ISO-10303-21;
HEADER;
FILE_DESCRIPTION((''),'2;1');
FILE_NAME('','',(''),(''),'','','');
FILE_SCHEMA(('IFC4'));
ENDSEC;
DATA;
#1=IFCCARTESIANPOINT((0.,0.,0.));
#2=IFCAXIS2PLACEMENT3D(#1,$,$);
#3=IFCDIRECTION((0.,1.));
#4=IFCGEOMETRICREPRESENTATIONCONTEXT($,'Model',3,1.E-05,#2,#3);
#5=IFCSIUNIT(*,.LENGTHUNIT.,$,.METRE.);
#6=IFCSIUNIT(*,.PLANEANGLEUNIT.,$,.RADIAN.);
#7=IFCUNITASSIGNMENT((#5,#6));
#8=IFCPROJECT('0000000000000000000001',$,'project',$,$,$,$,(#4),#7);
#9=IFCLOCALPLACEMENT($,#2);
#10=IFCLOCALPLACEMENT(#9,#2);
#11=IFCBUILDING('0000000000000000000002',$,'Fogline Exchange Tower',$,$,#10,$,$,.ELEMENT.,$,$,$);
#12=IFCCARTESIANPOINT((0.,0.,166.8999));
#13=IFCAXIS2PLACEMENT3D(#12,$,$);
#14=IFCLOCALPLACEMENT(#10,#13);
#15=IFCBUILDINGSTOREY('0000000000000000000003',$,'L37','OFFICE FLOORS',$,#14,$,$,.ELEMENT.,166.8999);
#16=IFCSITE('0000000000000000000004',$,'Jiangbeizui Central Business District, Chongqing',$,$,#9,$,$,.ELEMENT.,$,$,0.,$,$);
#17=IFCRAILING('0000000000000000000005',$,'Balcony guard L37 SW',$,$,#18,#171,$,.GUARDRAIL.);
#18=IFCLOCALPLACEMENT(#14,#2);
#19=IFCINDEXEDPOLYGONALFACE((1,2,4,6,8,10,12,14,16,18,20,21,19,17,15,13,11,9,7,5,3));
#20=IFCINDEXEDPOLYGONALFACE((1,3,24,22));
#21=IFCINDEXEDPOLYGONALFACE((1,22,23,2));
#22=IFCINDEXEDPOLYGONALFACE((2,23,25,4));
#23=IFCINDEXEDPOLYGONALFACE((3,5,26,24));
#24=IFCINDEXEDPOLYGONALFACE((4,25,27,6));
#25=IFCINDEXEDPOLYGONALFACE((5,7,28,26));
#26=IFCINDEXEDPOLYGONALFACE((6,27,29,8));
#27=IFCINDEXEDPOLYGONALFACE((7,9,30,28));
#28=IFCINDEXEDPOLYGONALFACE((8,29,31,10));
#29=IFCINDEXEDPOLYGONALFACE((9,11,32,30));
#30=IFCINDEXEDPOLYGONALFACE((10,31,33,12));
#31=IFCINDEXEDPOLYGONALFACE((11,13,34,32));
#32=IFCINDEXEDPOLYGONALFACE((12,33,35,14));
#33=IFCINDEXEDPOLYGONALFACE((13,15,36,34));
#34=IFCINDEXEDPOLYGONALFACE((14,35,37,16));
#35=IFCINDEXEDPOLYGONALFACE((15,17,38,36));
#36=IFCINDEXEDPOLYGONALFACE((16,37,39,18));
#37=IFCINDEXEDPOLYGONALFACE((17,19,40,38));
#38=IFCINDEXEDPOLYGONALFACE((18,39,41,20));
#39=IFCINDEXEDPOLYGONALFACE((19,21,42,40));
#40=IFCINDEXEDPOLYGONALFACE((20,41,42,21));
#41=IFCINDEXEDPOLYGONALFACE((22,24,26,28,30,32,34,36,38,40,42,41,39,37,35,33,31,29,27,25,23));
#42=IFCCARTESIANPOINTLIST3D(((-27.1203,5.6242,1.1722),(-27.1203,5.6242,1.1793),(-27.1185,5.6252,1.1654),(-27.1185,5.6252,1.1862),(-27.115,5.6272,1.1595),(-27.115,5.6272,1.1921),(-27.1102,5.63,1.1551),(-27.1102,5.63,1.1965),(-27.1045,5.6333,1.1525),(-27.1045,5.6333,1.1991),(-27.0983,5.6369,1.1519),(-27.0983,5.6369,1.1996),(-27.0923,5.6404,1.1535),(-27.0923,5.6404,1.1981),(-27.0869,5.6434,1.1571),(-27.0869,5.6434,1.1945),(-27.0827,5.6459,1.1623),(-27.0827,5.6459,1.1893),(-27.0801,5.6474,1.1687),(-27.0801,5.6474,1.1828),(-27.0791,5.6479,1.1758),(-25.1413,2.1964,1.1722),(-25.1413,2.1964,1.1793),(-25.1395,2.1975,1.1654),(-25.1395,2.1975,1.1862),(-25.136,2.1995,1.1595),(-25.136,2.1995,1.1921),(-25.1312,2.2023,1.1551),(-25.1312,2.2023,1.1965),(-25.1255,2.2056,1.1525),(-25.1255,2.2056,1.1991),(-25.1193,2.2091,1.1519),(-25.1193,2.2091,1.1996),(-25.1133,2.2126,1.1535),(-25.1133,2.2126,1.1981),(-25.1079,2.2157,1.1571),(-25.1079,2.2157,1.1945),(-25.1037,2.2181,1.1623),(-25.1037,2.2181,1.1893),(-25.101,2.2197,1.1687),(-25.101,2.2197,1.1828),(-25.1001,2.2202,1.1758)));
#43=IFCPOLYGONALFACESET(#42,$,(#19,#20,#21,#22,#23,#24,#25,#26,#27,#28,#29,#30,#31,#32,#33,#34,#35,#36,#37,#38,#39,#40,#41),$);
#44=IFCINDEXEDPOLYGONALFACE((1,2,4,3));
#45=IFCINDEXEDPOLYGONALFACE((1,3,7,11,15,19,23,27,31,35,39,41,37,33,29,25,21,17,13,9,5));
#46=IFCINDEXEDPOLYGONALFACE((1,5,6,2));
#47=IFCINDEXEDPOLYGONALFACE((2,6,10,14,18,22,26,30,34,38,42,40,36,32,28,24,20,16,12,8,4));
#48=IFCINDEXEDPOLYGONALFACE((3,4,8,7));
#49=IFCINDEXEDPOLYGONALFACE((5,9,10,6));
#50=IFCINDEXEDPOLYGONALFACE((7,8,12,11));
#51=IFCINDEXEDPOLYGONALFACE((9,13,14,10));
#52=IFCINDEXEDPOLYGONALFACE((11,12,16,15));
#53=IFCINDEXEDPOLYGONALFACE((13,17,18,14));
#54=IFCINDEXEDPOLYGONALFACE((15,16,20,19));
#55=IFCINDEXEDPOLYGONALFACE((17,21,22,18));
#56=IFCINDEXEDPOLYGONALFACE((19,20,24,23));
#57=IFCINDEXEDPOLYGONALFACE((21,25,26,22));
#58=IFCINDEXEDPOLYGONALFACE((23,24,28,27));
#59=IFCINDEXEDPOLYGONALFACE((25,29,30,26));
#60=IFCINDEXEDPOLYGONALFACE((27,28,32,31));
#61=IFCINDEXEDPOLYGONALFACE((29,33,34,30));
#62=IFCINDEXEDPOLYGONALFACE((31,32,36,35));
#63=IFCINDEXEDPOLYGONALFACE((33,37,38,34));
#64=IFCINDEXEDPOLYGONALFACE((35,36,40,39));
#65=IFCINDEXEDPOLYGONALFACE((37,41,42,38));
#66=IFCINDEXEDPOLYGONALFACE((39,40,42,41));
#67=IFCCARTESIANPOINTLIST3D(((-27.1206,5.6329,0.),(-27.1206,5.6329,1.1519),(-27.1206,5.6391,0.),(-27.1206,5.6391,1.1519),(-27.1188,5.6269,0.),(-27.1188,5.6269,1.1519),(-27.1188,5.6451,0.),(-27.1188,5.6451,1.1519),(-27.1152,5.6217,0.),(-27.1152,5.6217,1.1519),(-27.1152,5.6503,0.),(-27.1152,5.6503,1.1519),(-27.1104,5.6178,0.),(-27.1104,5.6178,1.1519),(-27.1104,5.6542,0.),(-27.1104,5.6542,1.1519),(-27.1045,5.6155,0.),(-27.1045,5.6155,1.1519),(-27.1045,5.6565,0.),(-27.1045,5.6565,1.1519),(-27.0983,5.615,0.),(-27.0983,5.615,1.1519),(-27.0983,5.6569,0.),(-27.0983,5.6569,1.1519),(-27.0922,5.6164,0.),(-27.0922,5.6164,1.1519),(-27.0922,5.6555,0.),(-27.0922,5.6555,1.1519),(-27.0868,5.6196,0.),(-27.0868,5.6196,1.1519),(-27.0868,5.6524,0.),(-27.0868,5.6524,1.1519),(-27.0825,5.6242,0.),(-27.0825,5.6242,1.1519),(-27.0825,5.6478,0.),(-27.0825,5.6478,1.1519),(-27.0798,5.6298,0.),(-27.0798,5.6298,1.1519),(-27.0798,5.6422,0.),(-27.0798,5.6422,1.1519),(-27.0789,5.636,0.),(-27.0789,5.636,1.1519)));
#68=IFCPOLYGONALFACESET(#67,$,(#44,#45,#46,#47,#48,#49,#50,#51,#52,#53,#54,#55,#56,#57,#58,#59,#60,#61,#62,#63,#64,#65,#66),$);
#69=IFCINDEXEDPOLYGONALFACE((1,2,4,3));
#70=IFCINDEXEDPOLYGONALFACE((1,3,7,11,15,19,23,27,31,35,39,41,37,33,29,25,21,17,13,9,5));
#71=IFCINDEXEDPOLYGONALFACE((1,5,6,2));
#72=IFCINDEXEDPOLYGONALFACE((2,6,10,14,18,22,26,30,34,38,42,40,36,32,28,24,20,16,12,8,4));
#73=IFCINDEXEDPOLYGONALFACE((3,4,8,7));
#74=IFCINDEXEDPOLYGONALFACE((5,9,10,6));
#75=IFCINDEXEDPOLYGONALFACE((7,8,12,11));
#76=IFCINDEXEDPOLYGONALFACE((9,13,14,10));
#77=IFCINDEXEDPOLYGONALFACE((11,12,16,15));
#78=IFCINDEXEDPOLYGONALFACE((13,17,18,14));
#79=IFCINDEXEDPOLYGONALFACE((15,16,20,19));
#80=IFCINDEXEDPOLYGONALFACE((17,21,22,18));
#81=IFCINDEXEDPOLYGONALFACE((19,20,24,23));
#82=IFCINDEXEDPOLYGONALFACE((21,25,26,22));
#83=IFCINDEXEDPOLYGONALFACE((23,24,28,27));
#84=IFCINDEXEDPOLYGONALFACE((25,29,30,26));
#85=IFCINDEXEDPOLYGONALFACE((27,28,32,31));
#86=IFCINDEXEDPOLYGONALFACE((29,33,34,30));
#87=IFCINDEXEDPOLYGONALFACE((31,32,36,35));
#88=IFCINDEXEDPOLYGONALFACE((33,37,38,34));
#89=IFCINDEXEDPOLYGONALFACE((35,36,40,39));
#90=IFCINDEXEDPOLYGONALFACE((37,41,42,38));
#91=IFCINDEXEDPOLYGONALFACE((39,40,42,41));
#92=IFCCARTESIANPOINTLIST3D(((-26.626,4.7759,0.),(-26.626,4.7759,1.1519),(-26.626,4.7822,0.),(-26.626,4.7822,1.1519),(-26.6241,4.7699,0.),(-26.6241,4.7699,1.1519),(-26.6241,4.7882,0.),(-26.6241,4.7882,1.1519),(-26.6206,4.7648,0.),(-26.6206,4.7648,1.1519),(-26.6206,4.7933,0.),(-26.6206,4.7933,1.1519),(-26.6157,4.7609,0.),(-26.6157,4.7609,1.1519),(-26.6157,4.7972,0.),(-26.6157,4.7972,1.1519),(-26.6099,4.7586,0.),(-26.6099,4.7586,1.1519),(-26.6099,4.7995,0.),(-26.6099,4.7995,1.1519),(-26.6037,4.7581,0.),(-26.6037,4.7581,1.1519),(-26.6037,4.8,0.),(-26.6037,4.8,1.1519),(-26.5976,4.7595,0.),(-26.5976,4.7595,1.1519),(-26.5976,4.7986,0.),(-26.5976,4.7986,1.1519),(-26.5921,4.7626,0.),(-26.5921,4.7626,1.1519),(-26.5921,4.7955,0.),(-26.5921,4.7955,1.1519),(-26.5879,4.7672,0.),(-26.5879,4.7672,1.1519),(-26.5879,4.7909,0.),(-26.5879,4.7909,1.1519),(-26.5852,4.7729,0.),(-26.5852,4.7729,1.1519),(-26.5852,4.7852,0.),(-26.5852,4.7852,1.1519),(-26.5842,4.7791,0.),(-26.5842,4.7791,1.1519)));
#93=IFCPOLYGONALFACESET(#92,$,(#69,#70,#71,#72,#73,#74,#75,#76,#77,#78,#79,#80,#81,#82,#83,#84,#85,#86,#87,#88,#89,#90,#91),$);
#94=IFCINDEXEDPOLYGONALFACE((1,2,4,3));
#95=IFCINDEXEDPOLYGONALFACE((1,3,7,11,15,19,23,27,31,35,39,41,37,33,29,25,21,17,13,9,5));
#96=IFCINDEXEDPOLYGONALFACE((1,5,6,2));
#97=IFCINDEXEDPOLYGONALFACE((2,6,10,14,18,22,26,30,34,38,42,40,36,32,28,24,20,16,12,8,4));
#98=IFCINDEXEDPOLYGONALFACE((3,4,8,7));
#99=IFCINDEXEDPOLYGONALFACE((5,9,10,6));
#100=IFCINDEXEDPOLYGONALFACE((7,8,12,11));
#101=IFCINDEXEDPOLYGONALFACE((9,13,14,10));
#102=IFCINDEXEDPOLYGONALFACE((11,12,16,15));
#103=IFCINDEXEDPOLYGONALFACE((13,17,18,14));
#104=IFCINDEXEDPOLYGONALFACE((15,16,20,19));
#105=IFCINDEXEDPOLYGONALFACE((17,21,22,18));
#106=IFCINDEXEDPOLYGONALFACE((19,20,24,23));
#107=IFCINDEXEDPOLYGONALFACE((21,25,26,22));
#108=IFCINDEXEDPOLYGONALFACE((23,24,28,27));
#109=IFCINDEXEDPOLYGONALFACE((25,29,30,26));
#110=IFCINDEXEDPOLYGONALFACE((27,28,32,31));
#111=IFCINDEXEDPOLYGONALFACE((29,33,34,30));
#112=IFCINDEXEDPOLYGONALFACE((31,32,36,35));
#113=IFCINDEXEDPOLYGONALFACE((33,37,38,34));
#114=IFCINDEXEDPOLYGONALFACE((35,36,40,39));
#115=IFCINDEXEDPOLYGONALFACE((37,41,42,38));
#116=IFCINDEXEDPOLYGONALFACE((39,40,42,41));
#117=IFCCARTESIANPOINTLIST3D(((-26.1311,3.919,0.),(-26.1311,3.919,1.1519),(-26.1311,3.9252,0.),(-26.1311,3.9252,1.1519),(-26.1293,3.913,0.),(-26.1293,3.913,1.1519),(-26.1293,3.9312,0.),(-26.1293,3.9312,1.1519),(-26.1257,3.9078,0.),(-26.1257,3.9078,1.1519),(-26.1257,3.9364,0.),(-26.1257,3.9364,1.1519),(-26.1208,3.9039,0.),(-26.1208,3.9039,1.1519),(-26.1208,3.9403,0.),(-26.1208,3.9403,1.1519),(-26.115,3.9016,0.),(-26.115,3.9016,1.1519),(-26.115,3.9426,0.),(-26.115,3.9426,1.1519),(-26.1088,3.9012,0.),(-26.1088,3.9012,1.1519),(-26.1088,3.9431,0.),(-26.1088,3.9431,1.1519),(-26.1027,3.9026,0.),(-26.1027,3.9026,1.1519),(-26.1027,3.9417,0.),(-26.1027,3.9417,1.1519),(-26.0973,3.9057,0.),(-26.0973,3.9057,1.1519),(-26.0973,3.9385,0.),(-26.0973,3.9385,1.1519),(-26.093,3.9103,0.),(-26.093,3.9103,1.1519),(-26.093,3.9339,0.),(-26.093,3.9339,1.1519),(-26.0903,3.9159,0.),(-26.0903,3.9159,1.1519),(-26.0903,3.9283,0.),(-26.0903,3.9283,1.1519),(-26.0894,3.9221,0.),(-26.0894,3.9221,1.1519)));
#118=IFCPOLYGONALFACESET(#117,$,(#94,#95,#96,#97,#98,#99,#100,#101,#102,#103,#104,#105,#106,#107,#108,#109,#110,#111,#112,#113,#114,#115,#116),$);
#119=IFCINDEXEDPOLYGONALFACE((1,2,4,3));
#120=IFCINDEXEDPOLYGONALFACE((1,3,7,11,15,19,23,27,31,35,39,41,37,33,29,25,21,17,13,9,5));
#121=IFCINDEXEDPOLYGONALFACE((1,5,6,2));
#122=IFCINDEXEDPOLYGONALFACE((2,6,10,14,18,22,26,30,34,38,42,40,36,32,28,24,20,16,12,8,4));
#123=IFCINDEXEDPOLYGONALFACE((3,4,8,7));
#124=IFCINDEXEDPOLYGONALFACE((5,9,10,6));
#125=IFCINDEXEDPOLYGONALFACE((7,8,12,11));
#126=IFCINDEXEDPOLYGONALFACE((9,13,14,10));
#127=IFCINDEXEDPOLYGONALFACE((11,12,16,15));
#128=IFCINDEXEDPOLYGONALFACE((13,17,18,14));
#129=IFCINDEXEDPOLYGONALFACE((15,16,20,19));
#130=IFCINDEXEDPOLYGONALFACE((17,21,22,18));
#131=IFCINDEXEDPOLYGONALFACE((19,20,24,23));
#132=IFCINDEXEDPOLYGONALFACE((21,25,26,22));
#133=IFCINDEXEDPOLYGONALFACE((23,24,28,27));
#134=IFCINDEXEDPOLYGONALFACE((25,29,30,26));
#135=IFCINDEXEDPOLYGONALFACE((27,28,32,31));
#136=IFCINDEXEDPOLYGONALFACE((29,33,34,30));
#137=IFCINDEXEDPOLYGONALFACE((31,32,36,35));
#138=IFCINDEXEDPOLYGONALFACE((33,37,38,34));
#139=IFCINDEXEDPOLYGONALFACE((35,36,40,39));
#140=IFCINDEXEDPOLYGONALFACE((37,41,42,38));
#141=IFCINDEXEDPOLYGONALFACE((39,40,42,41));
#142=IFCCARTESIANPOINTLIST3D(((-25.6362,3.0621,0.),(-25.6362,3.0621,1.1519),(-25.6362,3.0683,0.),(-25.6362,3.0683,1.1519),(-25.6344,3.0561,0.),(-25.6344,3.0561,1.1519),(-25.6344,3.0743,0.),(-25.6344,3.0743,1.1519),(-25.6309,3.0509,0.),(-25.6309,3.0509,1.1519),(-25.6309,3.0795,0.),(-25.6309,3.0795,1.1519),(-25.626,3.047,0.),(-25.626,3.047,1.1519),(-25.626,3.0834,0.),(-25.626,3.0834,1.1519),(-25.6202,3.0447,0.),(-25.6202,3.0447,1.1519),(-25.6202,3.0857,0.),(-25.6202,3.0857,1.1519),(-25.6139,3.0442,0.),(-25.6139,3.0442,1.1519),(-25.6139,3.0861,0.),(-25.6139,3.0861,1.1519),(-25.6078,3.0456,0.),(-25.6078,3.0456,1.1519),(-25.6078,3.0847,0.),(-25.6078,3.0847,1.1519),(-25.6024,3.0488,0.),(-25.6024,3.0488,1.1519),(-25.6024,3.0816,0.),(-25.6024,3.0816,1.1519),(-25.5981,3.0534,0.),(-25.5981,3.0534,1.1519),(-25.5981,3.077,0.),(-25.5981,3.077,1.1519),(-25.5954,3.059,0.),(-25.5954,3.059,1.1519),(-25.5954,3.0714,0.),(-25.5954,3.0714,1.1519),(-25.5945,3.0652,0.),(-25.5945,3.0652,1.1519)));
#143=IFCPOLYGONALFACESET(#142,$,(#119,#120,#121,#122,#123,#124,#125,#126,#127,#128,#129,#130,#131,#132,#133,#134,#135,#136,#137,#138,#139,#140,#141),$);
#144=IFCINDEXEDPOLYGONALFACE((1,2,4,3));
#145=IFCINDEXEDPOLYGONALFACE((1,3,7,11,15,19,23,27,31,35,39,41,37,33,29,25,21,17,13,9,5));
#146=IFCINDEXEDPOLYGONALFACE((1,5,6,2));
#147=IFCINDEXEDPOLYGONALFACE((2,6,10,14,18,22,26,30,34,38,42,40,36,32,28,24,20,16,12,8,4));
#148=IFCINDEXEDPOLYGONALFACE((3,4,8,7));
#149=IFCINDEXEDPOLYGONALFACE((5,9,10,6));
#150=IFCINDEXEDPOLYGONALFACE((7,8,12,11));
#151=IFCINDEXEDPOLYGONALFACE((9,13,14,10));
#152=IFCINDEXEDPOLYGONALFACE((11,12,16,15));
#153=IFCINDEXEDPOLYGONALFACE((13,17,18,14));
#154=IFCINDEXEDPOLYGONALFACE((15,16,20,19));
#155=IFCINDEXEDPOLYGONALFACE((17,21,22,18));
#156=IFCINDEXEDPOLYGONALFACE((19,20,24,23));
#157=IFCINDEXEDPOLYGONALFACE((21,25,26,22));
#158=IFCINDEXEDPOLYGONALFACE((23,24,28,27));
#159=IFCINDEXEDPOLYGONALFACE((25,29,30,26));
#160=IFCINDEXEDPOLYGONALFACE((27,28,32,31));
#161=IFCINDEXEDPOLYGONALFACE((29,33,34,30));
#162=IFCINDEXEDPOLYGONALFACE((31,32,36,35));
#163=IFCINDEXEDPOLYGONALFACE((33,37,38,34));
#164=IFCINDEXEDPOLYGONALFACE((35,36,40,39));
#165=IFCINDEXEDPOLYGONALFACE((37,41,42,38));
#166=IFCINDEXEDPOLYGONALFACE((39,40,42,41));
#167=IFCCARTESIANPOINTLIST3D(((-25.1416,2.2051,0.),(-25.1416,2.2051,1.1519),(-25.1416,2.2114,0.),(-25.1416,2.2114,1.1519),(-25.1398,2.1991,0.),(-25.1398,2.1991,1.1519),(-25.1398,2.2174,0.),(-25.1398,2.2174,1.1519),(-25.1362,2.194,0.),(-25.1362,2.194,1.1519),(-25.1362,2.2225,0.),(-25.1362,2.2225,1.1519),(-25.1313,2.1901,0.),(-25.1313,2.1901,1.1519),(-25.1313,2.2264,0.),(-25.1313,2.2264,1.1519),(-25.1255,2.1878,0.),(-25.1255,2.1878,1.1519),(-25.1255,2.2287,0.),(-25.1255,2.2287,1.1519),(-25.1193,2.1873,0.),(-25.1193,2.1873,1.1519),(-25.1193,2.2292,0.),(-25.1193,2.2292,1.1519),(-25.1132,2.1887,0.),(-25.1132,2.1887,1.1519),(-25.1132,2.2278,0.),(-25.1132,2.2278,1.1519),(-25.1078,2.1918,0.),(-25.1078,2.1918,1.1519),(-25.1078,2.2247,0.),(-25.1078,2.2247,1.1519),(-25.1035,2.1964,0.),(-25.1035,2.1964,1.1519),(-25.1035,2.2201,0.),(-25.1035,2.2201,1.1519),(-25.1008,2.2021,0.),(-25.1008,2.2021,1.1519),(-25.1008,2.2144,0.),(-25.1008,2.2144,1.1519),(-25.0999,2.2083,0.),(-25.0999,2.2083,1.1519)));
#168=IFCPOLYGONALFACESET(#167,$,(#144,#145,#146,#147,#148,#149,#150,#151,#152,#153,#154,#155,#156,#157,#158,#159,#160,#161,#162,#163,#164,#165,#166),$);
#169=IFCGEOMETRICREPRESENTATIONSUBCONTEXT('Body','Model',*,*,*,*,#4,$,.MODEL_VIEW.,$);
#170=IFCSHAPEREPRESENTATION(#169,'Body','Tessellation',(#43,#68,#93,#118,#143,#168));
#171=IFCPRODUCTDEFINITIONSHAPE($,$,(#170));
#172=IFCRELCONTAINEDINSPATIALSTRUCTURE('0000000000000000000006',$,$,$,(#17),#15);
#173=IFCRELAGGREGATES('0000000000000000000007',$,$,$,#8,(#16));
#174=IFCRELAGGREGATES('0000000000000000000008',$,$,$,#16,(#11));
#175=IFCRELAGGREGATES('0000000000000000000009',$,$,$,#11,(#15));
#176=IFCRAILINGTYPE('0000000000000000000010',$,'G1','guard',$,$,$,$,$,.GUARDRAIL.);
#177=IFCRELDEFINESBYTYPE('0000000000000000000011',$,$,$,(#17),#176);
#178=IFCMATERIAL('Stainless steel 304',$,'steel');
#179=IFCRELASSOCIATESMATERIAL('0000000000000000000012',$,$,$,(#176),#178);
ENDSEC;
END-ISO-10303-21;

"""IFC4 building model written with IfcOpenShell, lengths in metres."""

from ifc_helpers import new_model, si_unit, direction, frame, origin, origin_2d, place, context, subcontext, project, spatial, circle, extrude, material, type_object, element, save


model = new_model("IFC4")

# Units and contexts
model_context = context("Model", 3, precision=1e-05, world=origin(), true_north=direction((0.0, 1.0)))
body_context = subcontext(model_context, "Body", "Model", "MODEL_VIEW")
ifc_project = project(units=[si_unit("LENGTHUNIT", "METRE"), si_unit("PLANEANGLEUNIT", "RADIAN")], contexts=[model_context])

# Site, building, storey
site_placement = place(None, origin())
site = spatial("IfcSite", under=ifc_project, at=site_placement, Name="Jiangbeizui Central Business District, Chongqing", CompositionType="ELEMENT", RefElevation=0.0)
building_placement = place(site_placement, origin())
building = spatial("IfcBuilding", under=site, at=building_placement, Name="Fogline Exchange Tower", CompositionType="ELEMENT")
storey_placement = place(building_placement, frame((0.0, 0.0, 166.8999)))
storey = spatial("IfcBuildingStorey", under=building, at=storey_placement, Name="L37", Description="OFFICE FLOORS", CompositionType="ELEMENT", Elevation=166.8999)

# Railing
ifc_material_1 = material(Name="Stainless steel 304", Category="steel")
railing_type = type_object("IfcRailingType", Name="G1", Description="guard", PredefinedType="GUARDRAIL", material=ifc_material_1)
railing_placement = place(storey_placement, frame((-27.0999, 5.636, 0.0)))
element("IfcRailing", 1, at=railing_placement, inside=storey, type_object=railing_type, Name="Balcony guard L37 SW", PredefinedType="GUARDRAIL", context=body_context, shape_type="SweptSolid", body=[
    extrude(circle(Radius=0.0239, at=origin_2d()), frame((0.0, 0.0, 1.1758), z_axis=(0.5, -0.866025, 0.0), x_axis=(0.866025, 0.5, 0.0)), (0.0, 0.0, 1.0), 3.958),
    extrude(circle(Radius=0.021, at=origin_2d()), origin(), (0.0, 0.0, 1.0), 1.1519),
    extrude(circle(Radius=0.021, at=origin_2d()), frame((0.4946, -0.8569, 0.0)), (0.0, 0.0, 1.0), 1.1519),
    extrude(circle(Radius=0.021, at=origin_2d()), frame((0.9895, -1.7139, 0.0)), (0.0, 0.0, 1.0), 1.1519),
    extrude(circle(Radius=0.021, at=origin_2d()), frame((1.4844, -2.5708, 0.0)), (0.0, 0.0, 1.0), 1.1519),
    extrude(circle(Radius=0.021, at=origin_2d()), frame((1.979, -3.4277, 0.0)), (0.0, 0.0, 1.0), 1.1519),
])

save(model, "model.ifc")
